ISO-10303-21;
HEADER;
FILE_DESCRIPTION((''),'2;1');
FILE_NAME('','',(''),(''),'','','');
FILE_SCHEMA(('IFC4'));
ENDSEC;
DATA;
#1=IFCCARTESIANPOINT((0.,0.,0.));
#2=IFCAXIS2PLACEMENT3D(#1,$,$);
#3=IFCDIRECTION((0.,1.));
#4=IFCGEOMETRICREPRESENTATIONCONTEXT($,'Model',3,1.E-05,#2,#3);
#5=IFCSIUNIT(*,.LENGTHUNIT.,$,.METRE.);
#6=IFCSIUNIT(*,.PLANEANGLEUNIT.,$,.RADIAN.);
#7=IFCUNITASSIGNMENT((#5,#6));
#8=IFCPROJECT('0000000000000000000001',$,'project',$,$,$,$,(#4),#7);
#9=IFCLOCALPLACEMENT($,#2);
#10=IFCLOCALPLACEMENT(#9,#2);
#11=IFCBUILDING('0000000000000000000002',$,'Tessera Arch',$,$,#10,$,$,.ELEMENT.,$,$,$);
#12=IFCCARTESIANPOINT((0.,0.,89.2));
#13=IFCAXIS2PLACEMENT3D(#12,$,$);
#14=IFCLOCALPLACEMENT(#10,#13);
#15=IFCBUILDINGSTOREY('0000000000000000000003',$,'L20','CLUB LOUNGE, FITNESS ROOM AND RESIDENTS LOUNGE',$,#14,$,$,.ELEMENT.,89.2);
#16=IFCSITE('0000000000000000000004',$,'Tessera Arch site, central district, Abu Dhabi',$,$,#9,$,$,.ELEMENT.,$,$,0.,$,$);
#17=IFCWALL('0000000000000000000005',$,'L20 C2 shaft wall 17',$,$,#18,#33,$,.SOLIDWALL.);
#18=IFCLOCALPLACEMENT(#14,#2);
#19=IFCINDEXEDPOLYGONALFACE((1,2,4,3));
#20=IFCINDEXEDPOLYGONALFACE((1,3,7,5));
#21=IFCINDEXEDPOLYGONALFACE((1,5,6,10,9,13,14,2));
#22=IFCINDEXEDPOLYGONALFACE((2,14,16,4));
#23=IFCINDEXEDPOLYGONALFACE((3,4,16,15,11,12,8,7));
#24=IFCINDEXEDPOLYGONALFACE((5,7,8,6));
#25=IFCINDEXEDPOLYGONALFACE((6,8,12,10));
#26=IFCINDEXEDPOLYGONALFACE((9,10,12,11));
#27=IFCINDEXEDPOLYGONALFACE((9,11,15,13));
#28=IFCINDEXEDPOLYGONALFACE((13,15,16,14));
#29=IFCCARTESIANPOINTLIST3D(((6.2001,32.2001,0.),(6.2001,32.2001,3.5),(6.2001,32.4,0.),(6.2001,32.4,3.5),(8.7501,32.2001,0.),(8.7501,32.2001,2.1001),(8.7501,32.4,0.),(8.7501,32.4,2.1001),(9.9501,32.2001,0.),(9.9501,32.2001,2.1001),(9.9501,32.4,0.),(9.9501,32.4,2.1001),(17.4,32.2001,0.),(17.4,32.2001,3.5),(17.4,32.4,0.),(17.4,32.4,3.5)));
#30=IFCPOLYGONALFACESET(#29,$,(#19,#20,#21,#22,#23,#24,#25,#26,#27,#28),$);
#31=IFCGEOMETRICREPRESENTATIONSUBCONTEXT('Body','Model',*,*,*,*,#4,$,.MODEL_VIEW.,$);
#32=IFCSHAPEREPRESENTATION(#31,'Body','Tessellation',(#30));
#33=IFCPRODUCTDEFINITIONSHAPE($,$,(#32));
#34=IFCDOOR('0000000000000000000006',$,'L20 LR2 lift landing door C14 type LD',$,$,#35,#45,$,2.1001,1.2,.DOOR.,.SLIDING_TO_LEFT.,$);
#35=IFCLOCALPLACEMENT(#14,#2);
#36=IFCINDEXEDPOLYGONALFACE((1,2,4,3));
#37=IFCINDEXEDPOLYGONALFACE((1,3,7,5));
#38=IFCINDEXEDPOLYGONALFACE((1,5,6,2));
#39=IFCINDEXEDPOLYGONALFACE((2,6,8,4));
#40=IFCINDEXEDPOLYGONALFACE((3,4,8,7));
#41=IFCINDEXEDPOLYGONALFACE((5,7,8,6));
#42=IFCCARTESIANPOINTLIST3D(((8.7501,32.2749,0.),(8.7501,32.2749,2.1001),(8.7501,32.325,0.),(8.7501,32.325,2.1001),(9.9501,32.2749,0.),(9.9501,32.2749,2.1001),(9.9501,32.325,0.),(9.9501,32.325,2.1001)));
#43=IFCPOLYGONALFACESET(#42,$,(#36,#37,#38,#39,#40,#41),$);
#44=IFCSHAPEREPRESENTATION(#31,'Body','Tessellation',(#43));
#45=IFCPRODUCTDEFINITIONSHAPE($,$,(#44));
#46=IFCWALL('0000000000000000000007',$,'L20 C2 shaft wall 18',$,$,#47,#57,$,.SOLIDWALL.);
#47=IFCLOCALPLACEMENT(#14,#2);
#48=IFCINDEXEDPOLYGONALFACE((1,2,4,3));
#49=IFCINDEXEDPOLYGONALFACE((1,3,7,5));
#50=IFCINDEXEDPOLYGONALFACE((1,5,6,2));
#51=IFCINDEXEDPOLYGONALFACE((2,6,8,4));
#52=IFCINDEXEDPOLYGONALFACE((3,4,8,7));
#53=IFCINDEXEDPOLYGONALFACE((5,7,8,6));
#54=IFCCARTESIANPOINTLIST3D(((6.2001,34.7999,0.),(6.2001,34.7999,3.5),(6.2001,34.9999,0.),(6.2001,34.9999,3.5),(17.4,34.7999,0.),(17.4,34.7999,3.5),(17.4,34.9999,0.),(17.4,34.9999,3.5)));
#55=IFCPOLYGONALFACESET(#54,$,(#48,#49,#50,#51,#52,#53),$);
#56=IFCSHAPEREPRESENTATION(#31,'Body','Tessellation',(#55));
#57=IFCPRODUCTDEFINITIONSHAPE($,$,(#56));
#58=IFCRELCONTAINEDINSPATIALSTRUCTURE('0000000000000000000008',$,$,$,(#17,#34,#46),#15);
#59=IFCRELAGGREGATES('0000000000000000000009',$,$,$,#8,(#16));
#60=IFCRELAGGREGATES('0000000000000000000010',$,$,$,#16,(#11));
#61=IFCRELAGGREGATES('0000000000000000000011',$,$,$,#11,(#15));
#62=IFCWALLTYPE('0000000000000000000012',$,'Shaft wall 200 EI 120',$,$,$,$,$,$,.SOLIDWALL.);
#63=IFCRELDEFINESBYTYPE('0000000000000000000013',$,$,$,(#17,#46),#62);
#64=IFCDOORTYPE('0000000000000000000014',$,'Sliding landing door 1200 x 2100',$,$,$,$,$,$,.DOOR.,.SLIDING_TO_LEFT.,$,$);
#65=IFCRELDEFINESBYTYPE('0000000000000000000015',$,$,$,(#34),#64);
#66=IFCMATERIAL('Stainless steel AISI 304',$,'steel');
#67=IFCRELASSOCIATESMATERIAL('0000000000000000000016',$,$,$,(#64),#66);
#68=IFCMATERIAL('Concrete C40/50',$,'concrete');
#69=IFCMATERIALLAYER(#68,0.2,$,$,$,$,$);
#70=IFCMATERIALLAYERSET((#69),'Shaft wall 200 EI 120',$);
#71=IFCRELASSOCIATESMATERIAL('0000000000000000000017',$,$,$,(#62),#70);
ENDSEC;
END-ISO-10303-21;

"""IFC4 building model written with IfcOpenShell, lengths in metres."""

from ifc_helpers import new_model, si_unit, direction, frame, frame_2d, origin, place, context, subcontext, project, spatial, rectangle, extrude, material, layer, layer_set, type_object, element, fill, save


model = new_model("IFC4")

# Units and contexts
model_context = context("Model", 3, precision=1e-05, world=origin(), true_north=direction((0.0, 1.0)))
body_context = subcontext(model_context, "Body", "Model", "MODEL_VIEW")
ifc_project = project(units=[si_unit("LENGTHUNIT", "METRE"), si_unit("PLANEANGLEUNIT", "RADIAN")], contexts=[model_context])

# Site, building, storey
site_placement = place(None, origin())
site = spatial("IfcSite", under=ifc_project, at=site_placement, Name="Tessera Arch site, central district, Abu Dhabi", CompositionType="ELEMENT", RefElevation=0.0)
building_placement = place(site_placement, origin())
building = spatial("IfcBuilding", under=site, at=building_placement, Name="Tessera Arch", CompositionType="ELEMENT")
storey_placement = place(building_placement, frame((0.0, 0.0, 89.2)))
storey = spatial("IfcBuildingStorey", under=building, at=storey_placement, Name="L20", Description="CLUB LOUNGE, FITNESS ROOM AND RESIDENTS LOUNGE", CompositionType="ELEMENT", Elevation=89.2)

# Shared definitions
ifc_material_1 = material(Name="Stainless steel AISI 304", Category="steel")
door_type_1 = type_object("IfcDoorType", Name="Sliding landing door 1200 x 2100", OperationType="SLIDING_TO_LEFT", PredefinedType="DOOR", material=ifc_material_1)

# Shared definitions
ifc_material_2 = material(Name="Concrete C40/50", Category="concrete")
ifc_layer_1 = layer(ifc_material_2, 0.2)
ifc_layer_set_1 = layer_set([ifc_layer_1], Name="Shaft wall 200 EI 120")
wall_type_1 = type_object("IfcWallType", Name="Shaft wall 200 EI 120", PredefinedType="SOLIDWALL", material=ifc_layer_set_1)

# Wall, opening, door
wall_1_placement = place(storey_placement, frame((6.2, 32.3, 0.0), z_axis=(0.0, 0.0, 1.0), x_axis=(1.0, 0.0, 0.0)))
wall_1 = element("IfcWall", 1, at=wall_1_placement, inside=storey, type_object=wall_type_1, Name="L20 C2 shaft wall 17", PredefinedType="SOLIDWALL", context=body_context, shape_type="SweptSolid", body=[
    extrude(rectangle(XDim=11.2, YDim=0.2, at=frame_2d((5.6001, 0.0))), origin(), (0.0, 0.0, 1.0), 3.5),
])
opening_1_placement = place(wall_1_placement, frame((2.55, 0.0, 0.0)))
opening_1 = element("IfcOpeningElement", 2, at=opening_1_placement, cuts=wall_1, PredefinedType="OPENING", context=body_context, shape_type="SweptSolid", body=[
    extrude(rectangle(XDim=1.2, YDim=2.1001, at=frame_2d((0.6001, 1.05))), frame((0.0, 0.1099, 0.0), z_axis=(0.0, -1.0, 0.0), x_axis=(1.0, 0.0, 0.0)), (0.0, 0.0, 1.0), 0.22),
])
door_1_placement = place(opening_1_placement, origin())
door_1 = element("IfcDoor", 3, at=door_1_placement, inside=storey, type_object=door_type_1, Name="L20 LR2 lift landing door C14 type LD", OperationType="SLIDING_TO_LEFT", OverallHeight=2.1001, OverallWidth=1.2, PredefinedType="DOOR", context=body_context, shape_type="SweptSolid", body=[
    extrude(rectangle(XDim=1.2, YDim=2.1001, at=frame_2d((0.6001, 1.05))), frame((0.0, 0.0249, 0.0), z_axis=(0.0, -1.0, 0.0), x_axis=(1.0, 0.0, 0.0)), (0.0, 0.0, 1.0), 0.05),
])
fill(opening_1, door_1)

# Wall
wall_2_placement = place(storey_placement, frame((6.2, 34.8999, 0.0), z_axis=(0.0, 0.0, 1.0), x_axis=(1.0, 0.0, 0.0)))
element("IfcWall", 4, at=wall_2_placement, inside=storey, type_object=wall_type_1, Name="L20 C2 shaft wall 18", PredefinedType="SOLIDWALL", context=body_context, shape_type="SweptSolid", body=[
    extrude(rectangle(XDim=11.2, YDim=0.2, at=frame_2d((5.6001, 0.0))), origin(), (0.0, 0.0, 1.0), 3.5),
])

save(model, "model.ifc")
